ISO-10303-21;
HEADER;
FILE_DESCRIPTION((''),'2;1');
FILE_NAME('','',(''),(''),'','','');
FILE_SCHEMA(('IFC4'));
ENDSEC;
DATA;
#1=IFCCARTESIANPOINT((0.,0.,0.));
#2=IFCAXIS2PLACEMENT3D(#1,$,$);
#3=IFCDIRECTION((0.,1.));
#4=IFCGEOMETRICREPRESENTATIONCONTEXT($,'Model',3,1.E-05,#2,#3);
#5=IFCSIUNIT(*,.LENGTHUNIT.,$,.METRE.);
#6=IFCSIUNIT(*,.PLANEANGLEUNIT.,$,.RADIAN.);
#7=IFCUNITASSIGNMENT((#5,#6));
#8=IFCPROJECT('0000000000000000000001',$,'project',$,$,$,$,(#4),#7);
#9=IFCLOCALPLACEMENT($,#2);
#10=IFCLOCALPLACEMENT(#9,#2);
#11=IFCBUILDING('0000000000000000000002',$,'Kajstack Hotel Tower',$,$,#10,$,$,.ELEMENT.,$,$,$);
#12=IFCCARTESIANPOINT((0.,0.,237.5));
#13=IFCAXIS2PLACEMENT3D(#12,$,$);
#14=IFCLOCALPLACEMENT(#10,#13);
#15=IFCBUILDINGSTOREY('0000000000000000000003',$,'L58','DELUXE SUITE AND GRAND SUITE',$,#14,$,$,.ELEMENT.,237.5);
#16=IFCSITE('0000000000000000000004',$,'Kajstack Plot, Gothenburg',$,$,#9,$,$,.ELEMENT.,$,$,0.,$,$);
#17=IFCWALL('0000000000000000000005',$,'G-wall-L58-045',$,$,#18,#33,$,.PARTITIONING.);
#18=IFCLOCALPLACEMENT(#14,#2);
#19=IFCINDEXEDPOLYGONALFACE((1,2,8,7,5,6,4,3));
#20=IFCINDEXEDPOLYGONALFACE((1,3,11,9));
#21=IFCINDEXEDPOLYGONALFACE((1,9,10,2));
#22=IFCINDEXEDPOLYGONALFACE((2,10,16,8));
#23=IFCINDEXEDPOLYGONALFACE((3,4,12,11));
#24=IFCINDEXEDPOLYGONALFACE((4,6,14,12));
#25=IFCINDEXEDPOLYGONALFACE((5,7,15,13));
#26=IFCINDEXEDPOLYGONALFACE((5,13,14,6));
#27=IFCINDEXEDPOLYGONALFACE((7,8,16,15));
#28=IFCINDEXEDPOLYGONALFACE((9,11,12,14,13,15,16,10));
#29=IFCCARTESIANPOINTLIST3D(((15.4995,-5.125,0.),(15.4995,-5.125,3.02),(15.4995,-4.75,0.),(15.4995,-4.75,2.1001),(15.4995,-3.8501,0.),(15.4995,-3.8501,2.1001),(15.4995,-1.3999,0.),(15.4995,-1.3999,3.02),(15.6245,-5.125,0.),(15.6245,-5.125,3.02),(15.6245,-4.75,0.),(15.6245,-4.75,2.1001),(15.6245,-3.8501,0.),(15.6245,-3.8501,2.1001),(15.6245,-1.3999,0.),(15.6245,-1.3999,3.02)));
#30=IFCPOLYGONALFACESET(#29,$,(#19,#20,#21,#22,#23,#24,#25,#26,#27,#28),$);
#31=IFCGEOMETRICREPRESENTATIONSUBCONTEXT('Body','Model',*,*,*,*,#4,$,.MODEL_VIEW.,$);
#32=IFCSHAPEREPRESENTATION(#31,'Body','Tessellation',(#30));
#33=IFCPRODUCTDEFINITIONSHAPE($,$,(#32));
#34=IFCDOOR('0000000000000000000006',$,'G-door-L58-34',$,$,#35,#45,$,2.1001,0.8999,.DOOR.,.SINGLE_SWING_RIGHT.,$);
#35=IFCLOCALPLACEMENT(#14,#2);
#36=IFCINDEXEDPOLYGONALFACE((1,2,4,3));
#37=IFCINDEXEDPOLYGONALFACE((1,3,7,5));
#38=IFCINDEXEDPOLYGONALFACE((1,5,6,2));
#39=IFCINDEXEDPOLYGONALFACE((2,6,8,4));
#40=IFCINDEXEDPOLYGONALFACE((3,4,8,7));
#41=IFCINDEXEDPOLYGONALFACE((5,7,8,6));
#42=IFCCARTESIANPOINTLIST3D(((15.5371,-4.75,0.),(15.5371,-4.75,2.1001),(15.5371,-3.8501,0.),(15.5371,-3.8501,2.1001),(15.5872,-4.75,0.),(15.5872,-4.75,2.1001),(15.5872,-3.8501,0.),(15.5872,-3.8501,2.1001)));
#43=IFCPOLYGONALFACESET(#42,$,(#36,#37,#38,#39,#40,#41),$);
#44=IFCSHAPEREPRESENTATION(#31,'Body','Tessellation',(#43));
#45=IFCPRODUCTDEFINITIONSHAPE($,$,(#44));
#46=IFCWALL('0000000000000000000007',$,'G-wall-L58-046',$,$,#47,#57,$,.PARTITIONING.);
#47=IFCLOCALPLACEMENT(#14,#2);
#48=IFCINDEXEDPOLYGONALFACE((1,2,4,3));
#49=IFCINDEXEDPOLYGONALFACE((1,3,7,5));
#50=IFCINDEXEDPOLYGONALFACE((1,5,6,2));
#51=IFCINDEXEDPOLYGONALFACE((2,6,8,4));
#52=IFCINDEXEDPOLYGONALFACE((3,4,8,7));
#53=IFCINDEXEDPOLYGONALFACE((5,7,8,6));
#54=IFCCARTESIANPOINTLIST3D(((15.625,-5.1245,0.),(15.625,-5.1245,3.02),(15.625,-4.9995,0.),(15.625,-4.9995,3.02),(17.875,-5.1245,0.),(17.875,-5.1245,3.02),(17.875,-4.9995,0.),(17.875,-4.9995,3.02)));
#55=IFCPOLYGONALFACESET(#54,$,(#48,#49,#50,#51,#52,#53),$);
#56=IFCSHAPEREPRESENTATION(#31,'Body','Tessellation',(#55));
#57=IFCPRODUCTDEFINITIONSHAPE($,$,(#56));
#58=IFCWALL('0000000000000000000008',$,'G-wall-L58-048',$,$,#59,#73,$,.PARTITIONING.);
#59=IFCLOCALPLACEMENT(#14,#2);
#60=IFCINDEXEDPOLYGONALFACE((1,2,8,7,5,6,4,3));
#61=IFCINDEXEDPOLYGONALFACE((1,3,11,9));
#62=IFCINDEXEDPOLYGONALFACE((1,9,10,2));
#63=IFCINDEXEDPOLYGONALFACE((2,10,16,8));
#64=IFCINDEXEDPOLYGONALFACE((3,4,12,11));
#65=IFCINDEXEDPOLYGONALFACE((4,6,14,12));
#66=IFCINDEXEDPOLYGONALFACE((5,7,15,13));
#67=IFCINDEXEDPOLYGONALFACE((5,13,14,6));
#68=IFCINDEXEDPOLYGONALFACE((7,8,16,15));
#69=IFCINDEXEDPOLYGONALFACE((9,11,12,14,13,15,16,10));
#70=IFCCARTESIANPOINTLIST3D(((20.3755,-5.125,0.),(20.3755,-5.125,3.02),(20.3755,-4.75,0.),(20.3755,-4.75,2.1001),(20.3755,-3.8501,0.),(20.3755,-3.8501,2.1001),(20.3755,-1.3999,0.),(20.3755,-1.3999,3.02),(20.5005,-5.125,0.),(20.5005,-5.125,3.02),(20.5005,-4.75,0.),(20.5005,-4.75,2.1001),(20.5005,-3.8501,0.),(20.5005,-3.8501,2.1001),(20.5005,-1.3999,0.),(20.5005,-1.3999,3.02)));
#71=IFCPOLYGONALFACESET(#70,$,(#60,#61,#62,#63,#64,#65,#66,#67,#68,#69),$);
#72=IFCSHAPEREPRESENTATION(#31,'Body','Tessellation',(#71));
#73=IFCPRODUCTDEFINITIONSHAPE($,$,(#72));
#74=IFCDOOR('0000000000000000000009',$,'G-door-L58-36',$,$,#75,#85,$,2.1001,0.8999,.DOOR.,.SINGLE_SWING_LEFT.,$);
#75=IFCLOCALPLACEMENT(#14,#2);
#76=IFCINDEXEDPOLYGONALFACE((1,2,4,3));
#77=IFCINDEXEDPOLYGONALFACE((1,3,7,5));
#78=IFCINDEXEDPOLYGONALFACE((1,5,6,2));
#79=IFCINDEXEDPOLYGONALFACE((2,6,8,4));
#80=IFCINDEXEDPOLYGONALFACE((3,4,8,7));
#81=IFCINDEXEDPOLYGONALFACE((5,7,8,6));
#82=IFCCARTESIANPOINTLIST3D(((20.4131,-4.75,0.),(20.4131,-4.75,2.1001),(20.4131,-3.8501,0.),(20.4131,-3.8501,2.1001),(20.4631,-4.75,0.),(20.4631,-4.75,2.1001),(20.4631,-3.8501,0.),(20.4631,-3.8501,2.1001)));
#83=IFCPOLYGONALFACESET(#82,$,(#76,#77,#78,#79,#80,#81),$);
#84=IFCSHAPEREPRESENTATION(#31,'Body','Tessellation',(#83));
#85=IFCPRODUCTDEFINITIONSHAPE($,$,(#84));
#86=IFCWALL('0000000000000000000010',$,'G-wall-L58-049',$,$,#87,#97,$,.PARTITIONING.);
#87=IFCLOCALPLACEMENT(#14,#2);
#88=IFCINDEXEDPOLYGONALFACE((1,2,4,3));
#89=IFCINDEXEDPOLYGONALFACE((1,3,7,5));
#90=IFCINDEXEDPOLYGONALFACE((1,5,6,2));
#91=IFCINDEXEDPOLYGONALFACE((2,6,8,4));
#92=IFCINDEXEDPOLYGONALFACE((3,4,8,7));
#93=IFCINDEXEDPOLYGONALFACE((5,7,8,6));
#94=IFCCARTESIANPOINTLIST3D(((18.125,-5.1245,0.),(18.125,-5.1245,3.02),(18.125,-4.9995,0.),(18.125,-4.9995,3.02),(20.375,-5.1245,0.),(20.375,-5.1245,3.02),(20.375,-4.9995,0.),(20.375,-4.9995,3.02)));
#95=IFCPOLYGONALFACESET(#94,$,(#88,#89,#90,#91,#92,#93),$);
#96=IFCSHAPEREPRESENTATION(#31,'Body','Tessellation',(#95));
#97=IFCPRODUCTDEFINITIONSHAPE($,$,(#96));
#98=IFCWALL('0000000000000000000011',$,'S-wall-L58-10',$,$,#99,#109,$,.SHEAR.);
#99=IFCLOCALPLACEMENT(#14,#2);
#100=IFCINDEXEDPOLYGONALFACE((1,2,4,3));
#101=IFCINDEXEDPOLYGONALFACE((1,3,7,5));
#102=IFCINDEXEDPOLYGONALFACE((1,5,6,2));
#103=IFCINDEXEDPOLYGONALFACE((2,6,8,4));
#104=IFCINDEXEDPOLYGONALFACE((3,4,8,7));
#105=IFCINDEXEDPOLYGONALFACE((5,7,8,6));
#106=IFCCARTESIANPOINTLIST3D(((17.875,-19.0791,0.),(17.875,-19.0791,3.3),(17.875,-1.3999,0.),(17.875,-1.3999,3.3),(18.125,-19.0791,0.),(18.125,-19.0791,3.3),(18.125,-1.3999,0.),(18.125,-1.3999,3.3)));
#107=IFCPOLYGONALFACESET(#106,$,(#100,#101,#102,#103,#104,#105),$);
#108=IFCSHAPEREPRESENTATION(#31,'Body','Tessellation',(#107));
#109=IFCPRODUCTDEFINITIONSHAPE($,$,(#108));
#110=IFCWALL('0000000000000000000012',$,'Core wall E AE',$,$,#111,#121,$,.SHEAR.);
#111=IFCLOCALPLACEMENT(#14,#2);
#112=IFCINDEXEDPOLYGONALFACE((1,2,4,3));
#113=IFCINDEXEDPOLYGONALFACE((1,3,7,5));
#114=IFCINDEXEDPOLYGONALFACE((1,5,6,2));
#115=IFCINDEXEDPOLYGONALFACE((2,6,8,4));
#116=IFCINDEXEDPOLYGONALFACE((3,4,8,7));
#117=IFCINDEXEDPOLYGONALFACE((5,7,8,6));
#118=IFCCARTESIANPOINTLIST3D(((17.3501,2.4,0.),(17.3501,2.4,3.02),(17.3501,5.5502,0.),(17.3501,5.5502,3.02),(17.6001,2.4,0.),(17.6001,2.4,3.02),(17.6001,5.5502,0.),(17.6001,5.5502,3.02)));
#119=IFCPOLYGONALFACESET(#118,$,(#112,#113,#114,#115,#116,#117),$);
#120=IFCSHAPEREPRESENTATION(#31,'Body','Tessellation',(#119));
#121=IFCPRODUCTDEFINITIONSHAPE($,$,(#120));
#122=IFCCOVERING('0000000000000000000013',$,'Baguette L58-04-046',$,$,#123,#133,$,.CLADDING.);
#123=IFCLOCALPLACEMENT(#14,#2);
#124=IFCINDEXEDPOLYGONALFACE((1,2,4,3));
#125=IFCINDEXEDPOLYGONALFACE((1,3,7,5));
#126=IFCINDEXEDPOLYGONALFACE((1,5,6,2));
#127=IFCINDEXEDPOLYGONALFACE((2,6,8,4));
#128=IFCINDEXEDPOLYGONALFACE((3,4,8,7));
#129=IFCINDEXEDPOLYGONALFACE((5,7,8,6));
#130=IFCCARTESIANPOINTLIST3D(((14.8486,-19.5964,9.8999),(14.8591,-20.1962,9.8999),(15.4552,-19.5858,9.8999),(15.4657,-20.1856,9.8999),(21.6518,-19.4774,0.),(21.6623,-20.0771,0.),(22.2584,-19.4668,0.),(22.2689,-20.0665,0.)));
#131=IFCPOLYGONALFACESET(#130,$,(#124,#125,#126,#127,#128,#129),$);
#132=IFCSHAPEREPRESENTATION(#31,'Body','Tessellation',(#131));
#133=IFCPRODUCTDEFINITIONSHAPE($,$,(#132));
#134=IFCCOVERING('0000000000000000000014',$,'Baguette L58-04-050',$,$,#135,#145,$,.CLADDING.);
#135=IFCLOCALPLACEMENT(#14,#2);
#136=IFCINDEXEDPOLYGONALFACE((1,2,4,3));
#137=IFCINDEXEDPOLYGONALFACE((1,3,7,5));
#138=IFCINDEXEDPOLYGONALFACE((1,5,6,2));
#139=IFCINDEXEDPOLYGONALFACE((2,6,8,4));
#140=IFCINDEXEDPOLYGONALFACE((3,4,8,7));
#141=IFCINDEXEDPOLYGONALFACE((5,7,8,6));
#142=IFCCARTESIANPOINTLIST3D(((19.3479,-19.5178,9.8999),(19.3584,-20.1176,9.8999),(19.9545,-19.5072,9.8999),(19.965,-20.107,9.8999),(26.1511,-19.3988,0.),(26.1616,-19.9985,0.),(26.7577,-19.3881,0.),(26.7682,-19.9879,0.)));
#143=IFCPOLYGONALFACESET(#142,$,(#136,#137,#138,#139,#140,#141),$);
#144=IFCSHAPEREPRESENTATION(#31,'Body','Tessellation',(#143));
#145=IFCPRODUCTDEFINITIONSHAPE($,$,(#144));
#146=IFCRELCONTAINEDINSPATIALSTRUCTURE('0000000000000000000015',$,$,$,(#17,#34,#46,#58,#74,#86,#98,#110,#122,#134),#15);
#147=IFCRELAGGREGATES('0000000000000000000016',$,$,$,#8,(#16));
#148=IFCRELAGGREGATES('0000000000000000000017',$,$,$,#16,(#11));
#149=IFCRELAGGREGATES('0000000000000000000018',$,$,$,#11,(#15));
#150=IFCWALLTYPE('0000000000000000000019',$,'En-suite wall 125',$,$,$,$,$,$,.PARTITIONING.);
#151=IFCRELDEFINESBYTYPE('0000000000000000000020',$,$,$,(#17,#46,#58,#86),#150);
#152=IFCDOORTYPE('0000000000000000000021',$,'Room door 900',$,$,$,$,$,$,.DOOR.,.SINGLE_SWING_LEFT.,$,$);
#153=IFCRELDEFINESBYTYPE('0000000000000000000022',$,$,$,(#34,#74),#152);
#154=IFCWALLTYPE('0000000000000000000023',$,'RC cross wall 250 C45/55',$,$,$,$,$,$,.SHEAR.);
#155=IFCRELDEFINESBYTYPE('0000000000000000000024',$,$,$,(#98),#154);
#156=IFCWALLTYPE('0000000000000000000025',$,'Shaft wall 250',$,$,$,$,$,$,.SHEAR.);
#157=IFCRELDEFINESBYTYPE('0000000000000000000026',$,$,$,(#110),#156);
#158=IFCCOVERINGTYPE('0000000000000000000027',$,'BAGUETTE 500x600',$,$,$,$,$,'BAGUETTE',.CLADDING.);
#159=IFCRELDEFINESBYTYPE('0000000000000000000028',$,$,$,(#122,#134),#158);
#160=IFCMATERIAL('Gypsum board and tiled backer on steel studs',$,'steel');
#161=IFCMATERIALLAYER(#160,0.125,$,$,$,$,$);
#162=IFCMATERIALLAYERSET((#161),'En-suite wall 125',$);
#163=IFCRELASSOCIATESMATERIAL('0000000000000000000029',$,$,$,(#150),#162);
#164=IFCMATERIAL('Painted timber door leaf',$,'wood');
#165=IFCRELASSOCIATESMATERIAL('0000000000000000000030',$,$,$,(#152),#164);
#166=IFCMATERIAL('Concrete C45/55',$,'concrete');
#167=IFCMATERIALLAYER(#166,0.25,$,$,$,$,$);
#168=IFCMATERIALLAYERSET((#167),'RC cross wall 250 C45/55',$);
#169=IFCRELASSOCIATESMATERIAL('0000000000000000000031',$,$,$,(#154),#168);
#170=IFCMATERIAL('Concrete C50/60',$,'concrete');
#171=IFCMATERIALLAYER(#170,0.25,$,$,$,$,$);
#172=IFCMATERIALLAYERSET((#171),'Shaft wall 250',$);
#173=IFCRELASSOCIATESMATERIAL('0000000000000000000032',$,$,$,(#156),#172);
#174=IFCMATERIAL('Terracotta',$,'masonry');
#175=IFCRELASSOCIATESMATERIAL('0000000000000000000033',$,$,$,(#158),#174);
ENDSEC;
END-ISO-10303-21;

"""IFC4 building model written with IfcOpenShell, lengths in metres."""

from ifc_helpers import new_model, si_unit, direction, frame, frame_2d, origin, origin_2d, place, context, subcontext, project, spatial, polyline, rectangle, outline, extrude, material, layer, layer_set, material_profile, profile_set, type_object, element, fill, save


model = new_model("IFC4")

# Units and contexts
model_context = context("Model", 3, precision=1e-05, world=origin(), true_north=direction((0.0, 1.0)))
body_context = subcontext(model_context, "Body", "Model", "MODEL_VIEW")
ifc_project = project(units=[si_unit("LENGTHUNIT", "METRE"), si_unit("PLANEANGLEUNIT", "RADIAN")], contexts=[model_context])

# Site, building, storey
site_placement = place(None, origin())
site = spatial("IfcSite", under=ifc_project, at=site_placement, Name="Kajstack Plot, Gothenburg", CompositionType="ELEMENT", RefElevation=0.0)
building_placement = place(site_placement, origin())
building = spatial("IfcBuilding", under=site, at=building_placement, Name="Kajstack Hotel Tower", CompositionType="ELEMENT")
storey_placement = place(building_placement, frame((0.0, 0.0, 237.5)))
storey = spatial("IfcBuildingStorey", under=building, at=storey_placement, Name="L58", Description="DELUXE SUITE AND GRAND SUITE", CompositionType="ELEMENT", Elevation=237.5)

# Shared definitions
ifc_material_1 = material(Name="Gypsum board and tiled backer on steel studs", Category="steel")
ifc_layer_1 = layer(ifc_material_1, 0.125)
ifc_layer_set_1 = layer_set([ifc_layer_1], Name="En-suite wall 125")
wall_type_1 = type_object("IfcWallType", Name="En-suite wall 125", PredefinedType="PARTITIONING", material=ifc_layer_set_1)

# Wall, opening, door
wall_1_placement = place(storey_placement, frame((15.562, -5.125, 0.0), z_axis=(0.0, 0.0, 1.0), x_axis=(0.0, 1.0, 0.0)))
wall_1 = element("IfcWall", 1, at=wall_1_placement, inside=storey, type_object=wall_type_1, Name="G-wall-L58-045", PredefinedType="PARTITIONING", context=body_context, shape_type="SweptSolid", body=[
    extrude(rectangle(XDim=3.7251, YDim=0.125, at=frame_2d((1.8625, 0.0))), origin(), (0.0, 0.0, 1.0), 3.02),
])
opening_1_placement = place(wall_1_placement, frame((0.375, 0.0, 0.0)))
opening_1 = element("IfcOpeningElement", 2, at=opening_1_placement, cuts=wall_1, PredefinedType="OPENING", context=body_context, shape_type="SweptSolid", body=[
    extrude(rectangle(XDim=0.8999, YDim=2.1001, at=frame_2d((0.45, 1.05))), frame((0.0, 0.0725, 0.0), z_axis=(0.0, -1.0, 0.0), x_axis=(1.0, 0.0, 0.0)), (0.0, 0.0, 1.0), 0.145),
])
ifc_material_2 = material(Name="Painted timber door leaf", Category="wood")
door_type_1 = type_object("IfcDoorType", Name="Room door 900", OperationType="SINGLE_SWING_LEFT", PredefinedType="DOOR", material=ifc_material_2)
door_1_placement = place(opening_1_placement, origin())
door_1 = element("IfcDoor", 3, at=door_1_placement, inside=storey, type_object=door_type_1, Name="G-door-L58-34", OperationType="SINGLE_SWING_RIGHT", OverallHeight=2.1001, OverallWidth=0.8999, PredefinedType="DOOR", context=body_context, shape_type="SweptSolid", body=[
    extrude(rectangle(XDim=0.8999, YDim=2.1001, at=frame_2d((0.45, 1.05))), frame((0.0, 0.0249, 0.0), z_axis=(0.0, -1.0, 0.0), x_axis=(1.0, 0.0, 0.0)), (0.0, 0.0, 1.0), 0.05),
])
fill(opening_1, door_1)

# Wall
wall_2_placement = place(storey_placement, frame((15.625, -5.062, 0.0), z_axis=(0.0, 0.0, 1.0), x_axis=(1.0, 0.0, 0.0)))
element("IfcWall", 4, at=wall_2_placement, inside=storey, type_object=wall_type_1, Name="G-wall-L58-046", PredefinedType="PARTITIONING", context=body_context, shape_type="SweptSolid", body=[
    extrude(rectangle(XDim=2.25, YDim=0.125, at=frame_2d((1.125, 0.0))), origin(), (0.0, 0.0, 1.0), 3.02),
])

# Wall, opening, door
wall_3_placement = place(storey_placement, frame((20.438, -5.125, 0.0), z_axis=(0.0, 0.0, 1.0), x_axis=(0.0, 1.0, 0.0)))
wall_3 = element("IfcWall", 5, at=wall_3_placement, inside=storey, type_object=wall_type_1, Name="G-wall-L58-048", PredefinedType="PARTITIONING", context=body_context, shape_type="SweptSolid", body=[
    extrude(rectangle(XDim=3.7251, YDim=0.125, at=frame_2d((1.8625, 0.0))), origin(), (0.0, 0.0, 1.0), 3.02),
])
opening_2_placement = place(wall_3_placement, frame((0.375, 0.0, 0.0)))
opening_2 = element("IfcOpeningElement", 6, at=opening_2_placement, cuts=wall_3, PredefinedType="OPENING", context=body_context, shape_type="SweptSolid", body=[
    extrude(rectangle(XDim=0.8999, YDim=2.1001, at=frame_2d((0.45, 1.05))), frame((0.0, 0.0725, 0.0), z_axis=(0.0, -1.0, 0.0), x_axis=(1.0, 0.0, 0.0)), (0.0, 0.0, 1.0), 0.145),
])
door_2_placement = place(opening_2_placement, origin())
door_2 = element("IfcDoor", 7, at=door_2_placement, inside=storey, type_object=door_type_1, Name="G-door-L58-36", OperationType="SINGLE_SWING_LEFT", OverallHeight=2.1001, OverallWidth=0.8999, PredefinedType="DOOR", context=body_context, shape_type="SweptSolid", body=[
    extrude(rectangle(XDim=0.8999, YDim=2.1001, at=frame_2d((0.45, 1.05))), frame((0.0, 0.0249, 0.0), z_axis=(0.0, -1.0, 0.0), x_axis=(1.0, 0.0, 0.0)), (0.0, 0.0, 1.0), 0.05),
])
fill(opening_2, door_2)

# Walls
wall_4_placement = place(storey_placement, frame((18.125, -5.062, 0.0), z_axis=(0.0, 0.0, 1.0), x_axis=(1.0, 0.0, 0.0)))
element("IfcWall", 8, at=wall_4_placement, inside=storey, type_object=wall_type_1, Name="G-wall-L58-049", PredefinedType="PARTITIONING", context=body_context, shape_type="SweptSolid", body=[
    extrude(rectangle(XDim=2.25, YDim=0.125, at=frame_2d((1.125, 0.0))), origin(), (0.0, 0.0, 1.0), 3.02),
])
ifc_material_3 = material(Name="Concrete C45/55", Category="concrete")
ifc_layer_2 = layer(ifc_material_3, 0.25)
ifc_layer_set_2 = layer_set([ifc_layer_2], Name="RC cross wall 250 C45/55")
wall_type_2 = type_object("IfcWallType", Name="RC cross wall 250 C45/55", PredefinedType="SHEAR", material=ifc_layer_set_2)
wall_5_placement = place(storey_placement, frame((18.0, -19.0791, 0.0), z_axis=(0.0, 0.0, 1.0), x_axis=(0.0, 1.0, 0.0)))
element("IfcWall", 9, at=wall_5_placement, inside=storey, type_object=wall_type_2, Name="S-wall-L58-10", PredefinedType="SHEAR", context=body_context, shape_type="SweptSolid", body=[
    extrude(rectangle(XDim=17.6792, YDim=0.25, at=frame_2d((8.8396, 0.0))), origin(), (0.0, 0.0, 1.0), 3.3),
])
ifc_material_4 = material(Name="Concrete C50/60", Category="concrete")
ifc_layer_3 = layer(ifc_material_4, 0.25)
ifc_layer_set_3 = layer_set([ifc_layer_3], Name="Shaft wall 250")
wall_type_3 = type_object("IfcWallType", Name="Shaft wall 250", PredefinedType="SHEAR", material=ifc_layer_set_3)
wall_6_placement = place(storey_placement, frame((17.4751, 2.3999, 0.0), z_axis=(0.0, 0.0, 1.0), x_axis=(0.0, 1.0, 0.0)))
element("IfcWall", 10, at=wall_6_placement, inside=storey, type_object=wall_type_3, Name="Core wall E AE", PredefinedType="SHEAR", context=body_context, shape_type="SweptSolid", body=[
    extrude(rectangle(XDim=3.1501, YDim=0.25, at=frame_2d((1.5752, 0.0))), origin(), (0.0, 0.0, 1.0), 3.02),
])

# Coverings
ifc_material_5 = material(Name="Terracotta", Category="masonry")
ifc_material_profile = material_profile(ifc_material_5, rectangle(XDim=0.6001, YDim=0.5, at=origin_2d()), Name="Terracotta-clad concrete baguette 500 x 600")
ifc_profile_set = profile_set([ifc_material_profile], Name="Terracotta")
covering_type = type_object("IfcCoveringType", Name="BAGUETTE 500x600", ElementType="BAGUETTE", PredefinedType="CLADDING", material=ifc_profile_set)
for number, where, z_axis, x_axis, name in (
    (11, (14.8486, -19.5964, 0.0), (0.017498, -0.999847, 0.0), (0.999847, 0.017498, 0.0), "Baguette L58-04-046"),
    (12, (19.3479, -19.5178, 0.0), (0.017498, -0.999847, 0.0), (0.999847, 0.017498, 0.0), "Baguette L58-04-050"),
):
    element("IfcCovering", number, at=place(storey_placement, frame(where, z_axis=z_axis, x_axis=x_axis)), inside=storey, type_object=covering_type, Name=name, PredefinedType="CLADDING", context=body_context, shape_type="SweptSolid", body=[
        extrude(outline(polyline([(0.0, 9.8999), (6.8042, 0.0), (7.4109, 0.0), (0.6067, 9.8999), (0.0, 9.8999)])), origin(), (0.0, 0.0, 1.0), 0.5999),
    ])

save(model, "model.ifc")
